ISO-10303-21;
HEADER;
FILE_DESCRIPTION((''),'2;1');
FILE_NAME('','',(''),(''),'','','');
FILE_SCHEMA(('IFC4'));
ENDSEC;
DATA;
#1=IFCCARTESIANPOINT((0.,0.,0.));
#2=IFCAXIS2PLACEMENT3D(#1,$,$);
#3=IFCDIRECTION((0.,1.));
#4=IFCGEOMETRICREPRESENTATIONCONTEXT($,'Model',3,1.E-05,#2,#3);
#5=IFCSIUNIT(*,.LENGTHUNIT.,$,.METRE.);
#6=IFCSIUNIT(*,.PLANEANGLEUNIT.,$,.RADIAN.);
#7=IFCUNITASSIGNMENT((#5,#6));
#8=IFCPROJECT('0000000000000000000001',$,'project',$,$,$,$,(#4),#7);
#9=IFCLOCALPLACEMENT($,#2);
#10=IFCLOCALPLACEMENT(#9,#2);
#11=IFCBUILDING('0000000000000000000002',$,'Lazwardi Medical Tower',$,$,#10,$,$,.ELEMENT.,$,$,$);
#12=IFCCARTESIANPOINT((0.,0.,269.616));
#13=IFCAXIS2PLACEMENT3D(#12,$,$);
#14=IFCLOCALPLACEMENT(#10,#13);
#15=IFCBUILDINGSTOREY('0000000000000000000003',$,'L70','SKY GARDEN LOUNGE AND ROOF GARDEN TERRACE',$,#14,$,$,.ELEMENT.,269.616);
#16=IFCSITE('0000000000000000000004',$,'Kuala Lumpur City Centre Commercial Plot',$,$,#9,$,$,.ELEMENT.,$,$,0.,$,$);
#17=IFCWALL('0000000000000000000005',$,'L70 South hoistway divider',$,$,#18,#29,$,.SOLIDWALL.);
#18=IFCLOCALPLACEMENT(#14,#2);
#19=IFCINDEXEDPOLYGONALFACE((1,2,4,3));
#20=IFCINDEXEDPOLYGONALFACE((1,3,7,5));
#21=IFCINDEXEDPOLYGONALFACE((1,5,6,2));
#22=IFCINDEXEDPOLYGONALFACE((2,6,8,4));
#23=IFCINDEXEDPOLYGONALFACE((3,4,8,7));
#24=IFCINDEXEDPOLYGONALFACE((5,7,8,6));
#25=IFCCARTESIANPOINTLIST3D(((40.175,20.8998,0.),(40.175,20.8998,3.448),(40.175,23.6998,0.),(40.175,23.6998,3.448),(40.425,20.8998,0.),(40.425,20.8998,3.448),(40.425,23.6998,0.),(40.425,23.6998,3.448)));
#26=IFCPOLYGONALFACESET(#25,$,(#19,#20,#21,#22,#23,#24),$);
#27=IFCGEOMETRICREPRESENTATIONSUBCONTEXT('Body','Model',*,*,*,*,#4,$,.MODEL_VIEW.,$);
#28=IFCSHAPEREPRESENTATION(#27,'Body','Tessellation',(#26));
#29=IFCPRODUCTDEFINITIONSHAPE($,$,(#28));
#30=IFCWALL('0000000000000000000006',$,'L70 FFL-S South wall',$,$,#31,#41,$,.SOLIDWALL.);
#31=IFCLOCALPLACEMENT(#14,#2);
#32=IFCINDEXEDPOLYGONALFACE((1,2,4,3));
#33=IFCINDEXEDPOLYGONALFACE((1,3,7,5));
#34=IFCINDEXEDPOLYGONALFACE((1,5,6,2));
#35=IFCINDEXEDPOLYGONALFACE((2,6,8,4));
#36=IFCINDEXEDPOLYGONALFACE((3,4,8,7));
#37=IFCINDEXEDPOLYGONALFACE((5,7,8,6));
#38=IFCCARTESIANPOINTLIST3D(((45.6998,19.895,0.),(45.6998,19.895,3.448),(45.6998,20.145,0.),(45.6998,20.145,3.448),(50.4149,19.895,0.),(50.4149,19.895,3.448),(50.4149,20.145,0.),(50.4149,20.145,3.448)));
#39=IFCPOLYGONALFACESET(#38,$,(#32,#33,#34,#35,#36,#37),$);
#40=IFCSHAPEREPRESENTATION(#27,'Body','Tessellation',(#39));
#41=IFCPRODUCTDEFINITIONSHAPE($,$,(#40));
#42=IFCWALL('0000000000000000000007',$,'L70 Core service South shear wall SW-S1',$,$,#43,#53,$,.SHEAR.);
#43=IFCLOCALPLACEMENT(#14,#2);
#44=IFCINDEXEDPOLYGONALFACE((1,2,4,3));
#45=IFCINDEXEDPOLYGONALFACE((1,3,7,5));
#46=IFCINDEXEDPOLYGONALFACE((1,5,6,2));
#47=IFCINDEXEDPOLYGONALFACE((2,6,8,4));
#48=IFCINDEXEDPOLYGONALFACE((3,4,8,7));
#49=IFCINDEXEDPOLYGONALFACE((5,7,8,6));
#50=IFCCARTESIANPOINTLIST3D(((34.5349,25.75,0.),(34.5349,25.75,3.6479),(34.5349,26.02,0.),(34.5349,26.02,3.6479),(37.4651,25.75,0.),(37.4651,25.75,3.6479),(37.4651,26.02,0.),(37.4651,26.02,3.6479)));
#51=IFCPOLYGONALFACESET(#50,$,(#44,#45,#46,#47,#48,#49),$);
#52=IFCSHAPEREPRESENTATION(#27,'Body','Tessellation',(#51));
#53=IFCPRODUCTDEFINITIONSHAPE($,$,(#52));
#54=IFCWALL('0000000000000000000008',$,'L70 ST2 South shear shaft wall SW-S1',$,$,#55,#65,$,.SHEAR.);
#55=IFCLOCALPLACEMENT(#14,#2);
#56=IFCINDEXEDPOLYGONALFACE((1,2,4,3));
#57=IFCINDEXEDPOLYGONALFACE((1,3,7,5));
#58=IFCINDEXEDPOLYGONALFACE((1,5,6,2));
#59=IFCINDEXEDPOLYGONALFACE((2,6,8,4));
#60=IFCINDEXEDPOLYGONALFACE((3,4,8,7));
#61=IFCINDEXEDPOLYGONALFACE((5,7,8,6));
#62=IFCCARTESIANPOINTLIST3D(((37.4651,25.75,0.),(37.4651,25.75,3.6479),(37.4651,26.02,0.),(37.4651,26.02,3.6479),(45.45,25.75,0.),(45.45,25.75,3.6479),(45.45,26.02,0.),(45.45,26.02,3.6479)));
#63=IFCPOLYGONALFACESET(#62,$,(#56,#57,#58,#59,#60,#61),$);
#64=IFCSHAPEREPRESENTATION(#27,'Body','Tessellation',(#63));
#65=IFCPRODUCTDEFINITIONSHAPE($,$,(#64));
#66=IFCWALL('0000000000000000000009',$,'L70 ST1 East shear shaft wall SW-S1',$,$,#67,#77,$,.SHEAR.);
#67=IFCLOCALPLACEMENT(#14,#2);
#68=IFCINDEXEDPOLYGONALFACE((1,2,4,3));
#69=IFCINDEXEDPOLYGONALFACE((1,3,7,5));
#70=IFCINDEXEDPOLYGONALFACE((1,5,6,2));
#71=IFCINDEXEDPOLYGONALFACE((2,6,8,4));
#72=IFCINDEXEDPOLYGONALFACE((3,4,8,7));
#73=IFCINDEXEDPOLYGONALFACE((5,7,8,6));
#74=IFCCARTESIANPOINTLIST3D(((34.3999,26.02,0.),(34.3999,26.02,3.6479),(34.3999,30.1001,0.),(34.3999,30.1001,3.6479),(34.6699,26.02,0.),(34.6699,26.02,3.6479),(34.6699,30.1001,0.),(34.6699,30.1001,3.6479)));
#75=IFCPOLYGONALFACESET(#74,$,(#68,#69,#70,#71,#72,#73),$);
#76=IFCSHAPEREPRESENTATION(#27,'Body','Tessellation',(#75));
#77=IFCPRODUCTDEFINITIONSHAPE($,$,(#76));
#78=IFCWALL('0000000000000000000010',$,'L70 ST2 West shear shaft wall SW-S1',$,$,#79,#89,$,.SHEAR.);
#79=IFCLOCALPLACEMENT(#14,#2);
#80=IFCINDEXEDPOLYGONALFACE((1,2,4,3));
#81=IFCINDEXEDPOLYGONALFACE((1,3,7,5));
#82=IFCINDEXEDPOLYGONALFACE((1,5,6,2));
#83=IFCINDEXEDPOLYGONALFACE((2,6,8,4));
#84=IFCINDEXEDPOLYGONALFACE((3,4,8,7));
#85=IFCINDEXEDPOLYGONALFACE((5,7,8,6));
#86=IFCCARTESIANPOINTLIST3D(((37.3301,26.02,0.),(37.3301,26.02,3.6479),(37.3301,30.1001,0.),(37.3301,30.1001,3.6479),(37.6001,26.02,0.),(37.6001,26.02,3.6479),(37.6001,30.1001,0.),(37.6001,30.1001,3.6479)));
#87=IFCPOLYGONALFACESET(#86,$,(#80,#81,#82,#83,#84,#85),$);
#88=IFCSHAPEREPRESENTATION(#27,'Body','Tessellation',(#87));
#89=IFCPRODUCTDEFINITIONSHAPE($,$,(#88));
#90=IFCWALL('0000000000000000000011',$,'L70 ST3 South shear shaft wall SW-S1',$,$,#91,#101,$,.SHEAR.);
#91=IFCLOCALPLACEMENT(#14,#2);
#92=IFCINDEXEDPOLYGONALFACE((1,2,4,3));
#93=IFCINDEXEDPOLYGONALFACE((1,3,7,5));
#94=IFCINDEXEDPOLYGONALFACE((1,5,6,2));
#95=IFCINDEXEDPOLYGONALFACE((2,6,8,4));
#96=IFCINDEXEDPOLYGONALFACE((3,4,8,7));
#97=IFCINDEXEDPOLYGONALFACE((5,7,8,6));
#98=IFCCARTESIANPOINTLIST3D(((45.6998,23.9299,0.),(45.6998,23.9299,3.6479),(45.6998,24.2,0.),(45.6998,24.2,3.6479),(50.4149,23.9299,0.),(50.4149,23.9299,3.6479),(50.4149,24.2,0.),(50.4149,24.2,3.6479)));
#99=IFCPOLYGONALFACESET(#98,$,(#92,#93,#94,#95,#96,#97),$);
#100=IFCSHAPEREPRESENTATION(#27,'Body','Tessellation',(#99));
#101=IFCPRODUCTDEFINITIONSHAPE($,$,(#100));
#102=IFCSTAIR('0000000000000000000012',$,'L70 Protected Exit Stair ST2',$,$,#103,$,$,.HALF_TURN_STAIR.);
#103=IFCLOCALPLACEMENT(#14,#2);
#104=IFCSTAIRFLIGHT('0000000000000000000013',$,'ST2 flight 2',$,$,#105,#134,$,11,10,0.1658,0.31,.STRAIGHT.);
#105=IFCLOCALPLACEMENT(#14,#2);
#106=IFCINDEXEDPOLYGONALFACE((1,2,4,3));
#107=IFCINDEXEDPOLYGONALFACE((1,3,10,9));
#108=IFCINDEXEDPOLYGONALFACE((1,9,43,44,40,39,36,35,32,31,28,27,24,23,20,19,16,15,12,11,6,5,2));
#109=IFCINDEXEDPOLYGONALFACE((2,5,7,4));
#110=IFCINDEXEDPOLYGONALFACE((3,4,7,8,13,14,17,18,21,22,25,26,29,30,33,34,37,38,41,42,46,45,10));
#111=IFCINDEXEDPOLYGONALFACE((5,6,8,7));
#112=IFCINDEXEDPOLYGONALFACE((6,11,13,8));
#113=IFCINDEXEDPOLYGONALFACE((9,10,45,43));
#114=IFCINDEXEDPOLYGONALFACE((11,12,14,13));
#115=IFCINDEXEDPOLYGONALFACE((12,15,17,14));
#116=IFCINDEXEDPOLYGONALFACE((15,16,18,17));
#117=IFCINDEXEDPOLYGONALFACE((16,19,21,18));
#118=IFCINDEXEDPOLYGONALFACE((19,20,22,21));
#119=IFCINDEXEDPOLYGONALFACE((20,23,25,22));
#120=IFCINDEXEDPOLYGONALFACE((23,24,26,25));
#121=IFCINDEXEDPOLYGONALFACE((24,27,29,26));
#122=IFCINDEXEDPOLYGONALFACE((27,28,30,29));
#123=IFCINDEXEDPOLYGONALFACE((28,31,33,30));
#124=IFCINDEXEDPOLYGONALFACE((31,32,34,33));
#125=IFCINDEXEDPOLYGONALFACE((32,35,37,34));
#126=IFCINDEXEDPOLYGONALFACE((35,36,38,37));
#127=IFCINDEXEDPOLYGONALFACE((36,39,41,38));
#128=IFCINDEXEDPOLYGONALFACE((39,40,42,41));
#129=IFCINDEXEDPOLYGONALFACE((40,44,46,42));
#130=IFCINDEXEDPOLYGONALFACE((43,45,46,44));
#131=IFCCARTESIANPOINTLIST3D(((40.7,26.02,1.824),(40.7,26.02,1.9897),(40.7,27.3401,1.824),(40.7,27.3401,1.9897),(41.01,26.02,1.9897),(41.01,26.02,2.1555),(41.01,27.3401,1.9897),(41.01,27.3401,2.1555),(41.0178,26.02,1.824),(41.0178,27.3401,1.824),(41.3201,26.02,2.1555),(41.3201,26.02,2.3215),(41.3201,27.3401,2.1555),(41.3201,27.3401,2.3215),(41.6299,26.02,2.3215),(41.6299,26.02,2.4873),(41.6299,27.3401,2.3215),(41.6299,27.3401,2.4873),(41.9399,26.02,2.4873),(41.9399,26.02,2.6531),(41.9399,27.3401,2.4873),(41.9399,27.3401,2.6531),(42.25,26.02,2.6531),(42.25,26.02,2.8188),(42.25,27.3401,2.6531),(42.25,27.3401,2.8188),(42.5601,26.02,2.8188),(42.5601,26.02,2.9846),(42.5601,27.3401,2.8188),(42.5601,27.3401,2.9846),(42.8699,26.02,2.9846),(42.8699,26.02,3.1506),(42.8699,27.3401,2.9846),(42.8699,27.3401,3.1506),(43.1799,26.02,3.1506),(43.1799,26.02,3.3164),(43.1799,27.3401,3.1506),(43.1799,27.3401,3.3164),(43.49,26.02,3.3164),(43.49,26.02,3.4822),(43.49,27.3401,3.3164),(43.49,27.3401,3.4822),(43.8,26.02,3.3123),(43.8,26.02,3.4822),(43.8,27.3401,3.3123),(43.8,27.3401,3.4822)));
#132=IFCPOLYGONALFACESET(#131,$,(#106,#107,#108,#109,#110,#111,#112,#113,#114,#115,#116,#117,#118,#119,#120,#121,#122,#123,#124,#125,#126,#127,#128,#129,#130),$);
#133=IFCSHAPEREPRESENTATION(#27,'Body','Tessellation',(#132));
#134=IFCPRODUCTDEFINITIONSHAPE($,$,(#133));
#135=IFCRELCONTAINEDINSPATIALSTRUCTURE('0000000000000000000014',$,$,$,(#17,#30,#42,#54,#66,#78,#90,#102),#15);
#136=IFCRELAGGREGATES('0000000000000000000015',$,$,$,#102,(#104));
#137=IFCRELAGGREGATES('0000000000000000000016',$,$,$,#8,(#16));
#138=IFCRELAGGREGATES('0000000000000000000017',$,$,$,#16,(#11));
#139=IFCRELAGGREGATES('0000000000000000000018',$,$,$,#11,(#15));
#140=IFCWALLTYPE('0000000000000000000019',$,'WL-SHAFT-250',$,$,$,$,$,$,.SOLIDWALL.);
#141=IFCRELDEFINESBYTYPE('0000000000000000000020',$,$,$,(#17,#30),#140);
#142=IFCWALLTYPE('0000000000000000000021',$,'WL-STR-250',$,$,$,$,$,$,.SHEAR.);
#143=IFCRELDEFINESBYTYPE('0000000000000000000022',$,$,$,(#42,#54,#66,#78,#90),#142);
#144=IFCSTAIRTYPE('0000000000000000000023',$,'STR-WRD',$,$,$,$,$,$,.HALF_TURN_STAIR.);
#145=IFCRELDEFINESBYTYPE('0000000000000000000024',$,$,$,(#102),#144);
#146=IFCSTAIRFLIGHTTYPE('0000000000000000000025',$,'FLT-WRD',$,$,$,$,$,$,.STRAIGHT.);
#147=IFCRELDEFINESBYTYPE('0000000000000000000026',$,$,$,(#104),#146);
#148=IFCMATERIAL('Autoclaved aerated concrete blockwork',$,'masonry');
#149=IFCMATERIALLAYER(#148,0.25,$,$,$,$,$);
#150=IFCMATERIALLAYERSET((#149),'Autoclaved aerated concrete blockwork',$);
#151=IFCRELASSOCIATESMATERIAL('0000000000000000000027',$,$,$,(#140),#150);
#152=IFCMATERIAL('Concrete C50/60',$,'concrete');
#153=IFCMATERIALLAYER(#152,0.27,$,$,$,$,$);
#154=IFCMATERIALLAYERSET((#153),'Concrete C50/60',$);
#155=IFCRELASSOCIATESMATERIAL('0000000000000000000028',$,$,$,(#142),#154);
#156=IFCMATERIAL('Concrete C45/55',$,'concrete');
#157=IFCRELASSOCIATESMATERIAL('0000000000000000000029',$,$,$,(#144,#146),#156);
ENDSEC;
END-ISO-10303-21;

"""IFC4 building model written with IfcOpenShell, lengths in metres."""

from ifc_helpers import new_model, si_unit, direction, frame, frame_2d, origin, place, context, subcontext, project, spatial, polyline, rectangle, outline, extrude, material, layer, layer_set, type_object, element, aggregate, save


model = new_model("IFC4")

# Units and contexts
model_context = context("Model", 3, precision=1e-05, world=origin(), true_north=direction((0.0, 1.0)))
body_context = subcontext(model_context, "Body", "Model", "MODEL_VIEW")
ifc_project = project(units=[si_unit("LENGTHUNIT", "METRE"), si_unit("PLANEANGLEUNIT", "RADIAN")], contexts=[model_context])

# Site, building, storey
site_placement = place(None, origin())
site = spatial("IfcSite", under=ifc_project, at=site_placement, Name="Kuala Lumpur City Centre Commercial Plot", CompositionType="ELEMENT", RefElevation=0.0)
building_placement = place(site_placement, origin())
building = spatial("IfcBuilding", under=site, at=building_placement, Name="Lazwardi Medical Tower", CompositionType="ELEMENT")
storey_placement = place(building_placement, frame((0.0, 0.0, 269.616)))
storey = spatial("IfcBuildingStorey", under=building, at=storey_placement, Name="L70", Description="SKY GARDEN LOUNGE AND ROOF GARDEN TERRACE", CompositionType="ELEMENT", Elevation=269.616)

# Walls
ifc_material_1 = material(Name="Autoclaved aerated concrete blockwork", Category="masonry")
ifc_layer_1 = layer(ifc_material_1, 0.25)
ifc_layer_set_1 = layer_set([ifc_layer_1], Name="Autoclaved aerated concrete blockwork")
wall_type_1 = type_object("IfcWallType", Name="WL-SHAFT-250", PredefinedType="SOLIDWALL", material=ifc_layer_set_1)
for number, where, z_axis, x_axis, name in (
    (1, (40.3, 20.8999, 0.0), (0.0, 0.0, 1.0), (0.0, 1.0, 0.0), "L70 South hoistway divider"),
):
    element("IfcWall", number, at=place(storey_placement, frame(where, z_axis=z_axis, x_axis=x_axis)), inside=storey, type_object=wall_type_1, Name=name, PredefinedType="SOLIDWALL", context=body_context, shape_type="SweptSolid", body=[
        extrude(rectangle(XDim=2.8, YDim=0.25, at=frame_2d((1.3999, 0.0))), origin(), (0.0, 0.0, 1.0), 3.448),
    ])
wall_1_placement = place(storey_placement, frame((45.7, 20.02, 0.0), z_axis=(0.0, 0.0, 1.0), x_axis=(1.0, 0.0, 0.0)))
element("IfcWall", 2, at=wall_1_placement, inside=storey, type_object=wall_type_1, Name="L70 FFL-S South wall", PredefinedType="SOLIDWALL", context=body_context, shape_type="SweptSolid", body=[
    extrude(rectangle(XDim=4.7151, YDim=0.25, at=frame_2d((2.3574, 0.0))), origin(), (0.0, 0.0, 1.0), 3.448),
])
ifc_material_2 = material(Name="Concrete C50/60", Category="concrete")
ifc_layer_2 = layer(ifc_material_2, 0.27)
ifc_layer_set_2 = layer_set([ifc_layer_2], Name="Concrete C50/60")
wall_type_2 = type_object("IfcWallType", Name="WL-STR-250", PredefinedType="SHEAR", material=ifc_layer_set_2)
wall_2_placement = place(storey_placement, frame((34.5349, 25.885, 0.0), z_axis=(0.0, 0.0, 1.0), x_axis=(1.0, 0.0, 0.0)))
element("IfcWall", 3, at=wall_2_placement, inside=storey, type_object=wall_type_2, Name="L70 Core service South shear wall SW-S1", PredefinedType="SHEAR", context=body_context, shape_type="SweptSolid", body=[
    extrude(rectangle(XDim=2.9302, YDim=0.27, at=frame_2d((1.4651, 0.0))), origin(), (0.0, 0.0, 1.0), 3.6479),
])
wall_3_placement = place(storey_placement, frame((37.4651, 25.885, 0.0), z_axis=(0.0, 0.0, 1.0), x_axis=(1.0, 0.0, 0.0)))
element("IfcWall", 4, at=wall_3_placement, inside=storey, type_object=wall_type_2, Name="L70 ST2 South shear shaft wall SW-S1", PredefinedType="SHEAR", context=body_context, shape_type="SweptSolid", body=[
    extrude(rectangle(XDim=7.9849, YDim=0.27, at=frame_2d((3.9924, 0.0))), origin(), (0.0, 0.0, 1.0), 3.6479),
])
for number, where, z_axis, x_axis, name in (
    (5, (34.5349, 26.02, 0.0), (0.0, 0.0, 1.0), (0.0, 1.0, 0.0), "L70 ST1 East shear shaft wall SW-S1"),
    (6, (37.4651, 26.02, 0.0), (0.0, 0.0, 1.0), (0.0, 1.0, 0.0), "L70 ST2 West shear shaft wall SW-S1"),
):
    element("IfcWall", number, at=place(storey_placement, frame(where, z_axis=z_axis, x_axis=x_axis)), inside=storey, type_object=wall_type_2, Name=name, PredefinedType="SHEAR", context=body_context, shape_type="SweptSolid", body=[
        extrude(rectangle(XDim=4.0801, YDim=0.27, at=frame_2d((2.04, 0.0))), origin(), (0.0, 0.0, 1.0), 3.6479),
    ])
wall_4_placement = place(storey_placement, frame((45.7, 24.0649, 0.0), z_axis=(0.0, 0.0, 1.0), x_axis=(1.0, 0.0, 0.0)))
element("IfcWall", 7, at=wall_4_placement, inside=storey, type_object=wall_type_2, Name="L70 ST3 South shear shaft wall SW-S1", PredefinedType="SHEAR", context=body_context, shape_type="SweptSolid", body=[
    extrude(rectangle(XDim=4.7151, YDim=0.27, at=frame_2d((2.3574, 0.0))), origin(), (0.0, 0.0, 1.0), 3.6479),
])

# Stair, stair flight
ifc_material_3 = material(Name="Concrete C45/55", Category="concrete")
stair_type = type_object("IfcStairType", Name="STR-WRD", PredefinedType="HALF_TURN_STAIR", material=ifc_material_3)
stair_placement = place(storey_placement, origin())
stair = element("IfcStair", 8, at=stair_placement, inside=storey, type_object=stair_type, Name="L70 Protected Exit Stair ST2", PredefinedType="HALF_TURN_STAIR")
stair_flight_type = type_object("IfcStairFlightType", Name="FLT-WRD", PredefinedType="STRAIGHT", material=ifc_material_3)
stair_flight_placement = place(storey_placement, frame((40.7, 26.6799, 1.824), z_axis=(0.0, 0.0, 1.0), x_axis=(1.0, 0.0, 0.0)))
stair_flight = element("IfcStairFlight", 9, at=stair_flight_placement, type_object=stair_flight_type, Name="ST2 flight 2", NumberOfRisers=11, NumberOfTreads=10, PredefinedType="STRAIGHT", RiserHeight=0.1658, TreadLength=0.31, context=body_context, shape_type="SweptSolid", body=[
    extrude(outline(polyline([(0.0, 0.0), (0.0, 0.1658), (0.3101, 0.1658), (0.3101, 0.3315), (0.6201, 0.3315), (0.6201, 0.4976), (0.9299, 0.4976), (0.9299, 0.6633), (1.24, 0.6633), (1.24, 0.8291), (1.55, 0.8291), (1.55, 0.9949), (1.8601, 0.9949), (1.8601, 1.1606), (2.1699, 1.1606), (2.1699, 1.3267), (2.48, 1.3267), (2.48, 1.4924), (2.79, 1.4924), (2.79, 1.6582), (3.1001, 1.6582), (3.1001, 1.824), (3.1001, 1.4883), (0.3179, 0.0), (0.0, 0.0)])), frame((0.0, 0.6602, 0.0), z_axis=(0.0, -1.0, 0.0), x_axis=(1.0, 0.0, 0.0)), (0.0, 0.0, 1.0), 1.3201),
])
aggregate(stair, [stair_flight])

save(model, "model.ifc")
